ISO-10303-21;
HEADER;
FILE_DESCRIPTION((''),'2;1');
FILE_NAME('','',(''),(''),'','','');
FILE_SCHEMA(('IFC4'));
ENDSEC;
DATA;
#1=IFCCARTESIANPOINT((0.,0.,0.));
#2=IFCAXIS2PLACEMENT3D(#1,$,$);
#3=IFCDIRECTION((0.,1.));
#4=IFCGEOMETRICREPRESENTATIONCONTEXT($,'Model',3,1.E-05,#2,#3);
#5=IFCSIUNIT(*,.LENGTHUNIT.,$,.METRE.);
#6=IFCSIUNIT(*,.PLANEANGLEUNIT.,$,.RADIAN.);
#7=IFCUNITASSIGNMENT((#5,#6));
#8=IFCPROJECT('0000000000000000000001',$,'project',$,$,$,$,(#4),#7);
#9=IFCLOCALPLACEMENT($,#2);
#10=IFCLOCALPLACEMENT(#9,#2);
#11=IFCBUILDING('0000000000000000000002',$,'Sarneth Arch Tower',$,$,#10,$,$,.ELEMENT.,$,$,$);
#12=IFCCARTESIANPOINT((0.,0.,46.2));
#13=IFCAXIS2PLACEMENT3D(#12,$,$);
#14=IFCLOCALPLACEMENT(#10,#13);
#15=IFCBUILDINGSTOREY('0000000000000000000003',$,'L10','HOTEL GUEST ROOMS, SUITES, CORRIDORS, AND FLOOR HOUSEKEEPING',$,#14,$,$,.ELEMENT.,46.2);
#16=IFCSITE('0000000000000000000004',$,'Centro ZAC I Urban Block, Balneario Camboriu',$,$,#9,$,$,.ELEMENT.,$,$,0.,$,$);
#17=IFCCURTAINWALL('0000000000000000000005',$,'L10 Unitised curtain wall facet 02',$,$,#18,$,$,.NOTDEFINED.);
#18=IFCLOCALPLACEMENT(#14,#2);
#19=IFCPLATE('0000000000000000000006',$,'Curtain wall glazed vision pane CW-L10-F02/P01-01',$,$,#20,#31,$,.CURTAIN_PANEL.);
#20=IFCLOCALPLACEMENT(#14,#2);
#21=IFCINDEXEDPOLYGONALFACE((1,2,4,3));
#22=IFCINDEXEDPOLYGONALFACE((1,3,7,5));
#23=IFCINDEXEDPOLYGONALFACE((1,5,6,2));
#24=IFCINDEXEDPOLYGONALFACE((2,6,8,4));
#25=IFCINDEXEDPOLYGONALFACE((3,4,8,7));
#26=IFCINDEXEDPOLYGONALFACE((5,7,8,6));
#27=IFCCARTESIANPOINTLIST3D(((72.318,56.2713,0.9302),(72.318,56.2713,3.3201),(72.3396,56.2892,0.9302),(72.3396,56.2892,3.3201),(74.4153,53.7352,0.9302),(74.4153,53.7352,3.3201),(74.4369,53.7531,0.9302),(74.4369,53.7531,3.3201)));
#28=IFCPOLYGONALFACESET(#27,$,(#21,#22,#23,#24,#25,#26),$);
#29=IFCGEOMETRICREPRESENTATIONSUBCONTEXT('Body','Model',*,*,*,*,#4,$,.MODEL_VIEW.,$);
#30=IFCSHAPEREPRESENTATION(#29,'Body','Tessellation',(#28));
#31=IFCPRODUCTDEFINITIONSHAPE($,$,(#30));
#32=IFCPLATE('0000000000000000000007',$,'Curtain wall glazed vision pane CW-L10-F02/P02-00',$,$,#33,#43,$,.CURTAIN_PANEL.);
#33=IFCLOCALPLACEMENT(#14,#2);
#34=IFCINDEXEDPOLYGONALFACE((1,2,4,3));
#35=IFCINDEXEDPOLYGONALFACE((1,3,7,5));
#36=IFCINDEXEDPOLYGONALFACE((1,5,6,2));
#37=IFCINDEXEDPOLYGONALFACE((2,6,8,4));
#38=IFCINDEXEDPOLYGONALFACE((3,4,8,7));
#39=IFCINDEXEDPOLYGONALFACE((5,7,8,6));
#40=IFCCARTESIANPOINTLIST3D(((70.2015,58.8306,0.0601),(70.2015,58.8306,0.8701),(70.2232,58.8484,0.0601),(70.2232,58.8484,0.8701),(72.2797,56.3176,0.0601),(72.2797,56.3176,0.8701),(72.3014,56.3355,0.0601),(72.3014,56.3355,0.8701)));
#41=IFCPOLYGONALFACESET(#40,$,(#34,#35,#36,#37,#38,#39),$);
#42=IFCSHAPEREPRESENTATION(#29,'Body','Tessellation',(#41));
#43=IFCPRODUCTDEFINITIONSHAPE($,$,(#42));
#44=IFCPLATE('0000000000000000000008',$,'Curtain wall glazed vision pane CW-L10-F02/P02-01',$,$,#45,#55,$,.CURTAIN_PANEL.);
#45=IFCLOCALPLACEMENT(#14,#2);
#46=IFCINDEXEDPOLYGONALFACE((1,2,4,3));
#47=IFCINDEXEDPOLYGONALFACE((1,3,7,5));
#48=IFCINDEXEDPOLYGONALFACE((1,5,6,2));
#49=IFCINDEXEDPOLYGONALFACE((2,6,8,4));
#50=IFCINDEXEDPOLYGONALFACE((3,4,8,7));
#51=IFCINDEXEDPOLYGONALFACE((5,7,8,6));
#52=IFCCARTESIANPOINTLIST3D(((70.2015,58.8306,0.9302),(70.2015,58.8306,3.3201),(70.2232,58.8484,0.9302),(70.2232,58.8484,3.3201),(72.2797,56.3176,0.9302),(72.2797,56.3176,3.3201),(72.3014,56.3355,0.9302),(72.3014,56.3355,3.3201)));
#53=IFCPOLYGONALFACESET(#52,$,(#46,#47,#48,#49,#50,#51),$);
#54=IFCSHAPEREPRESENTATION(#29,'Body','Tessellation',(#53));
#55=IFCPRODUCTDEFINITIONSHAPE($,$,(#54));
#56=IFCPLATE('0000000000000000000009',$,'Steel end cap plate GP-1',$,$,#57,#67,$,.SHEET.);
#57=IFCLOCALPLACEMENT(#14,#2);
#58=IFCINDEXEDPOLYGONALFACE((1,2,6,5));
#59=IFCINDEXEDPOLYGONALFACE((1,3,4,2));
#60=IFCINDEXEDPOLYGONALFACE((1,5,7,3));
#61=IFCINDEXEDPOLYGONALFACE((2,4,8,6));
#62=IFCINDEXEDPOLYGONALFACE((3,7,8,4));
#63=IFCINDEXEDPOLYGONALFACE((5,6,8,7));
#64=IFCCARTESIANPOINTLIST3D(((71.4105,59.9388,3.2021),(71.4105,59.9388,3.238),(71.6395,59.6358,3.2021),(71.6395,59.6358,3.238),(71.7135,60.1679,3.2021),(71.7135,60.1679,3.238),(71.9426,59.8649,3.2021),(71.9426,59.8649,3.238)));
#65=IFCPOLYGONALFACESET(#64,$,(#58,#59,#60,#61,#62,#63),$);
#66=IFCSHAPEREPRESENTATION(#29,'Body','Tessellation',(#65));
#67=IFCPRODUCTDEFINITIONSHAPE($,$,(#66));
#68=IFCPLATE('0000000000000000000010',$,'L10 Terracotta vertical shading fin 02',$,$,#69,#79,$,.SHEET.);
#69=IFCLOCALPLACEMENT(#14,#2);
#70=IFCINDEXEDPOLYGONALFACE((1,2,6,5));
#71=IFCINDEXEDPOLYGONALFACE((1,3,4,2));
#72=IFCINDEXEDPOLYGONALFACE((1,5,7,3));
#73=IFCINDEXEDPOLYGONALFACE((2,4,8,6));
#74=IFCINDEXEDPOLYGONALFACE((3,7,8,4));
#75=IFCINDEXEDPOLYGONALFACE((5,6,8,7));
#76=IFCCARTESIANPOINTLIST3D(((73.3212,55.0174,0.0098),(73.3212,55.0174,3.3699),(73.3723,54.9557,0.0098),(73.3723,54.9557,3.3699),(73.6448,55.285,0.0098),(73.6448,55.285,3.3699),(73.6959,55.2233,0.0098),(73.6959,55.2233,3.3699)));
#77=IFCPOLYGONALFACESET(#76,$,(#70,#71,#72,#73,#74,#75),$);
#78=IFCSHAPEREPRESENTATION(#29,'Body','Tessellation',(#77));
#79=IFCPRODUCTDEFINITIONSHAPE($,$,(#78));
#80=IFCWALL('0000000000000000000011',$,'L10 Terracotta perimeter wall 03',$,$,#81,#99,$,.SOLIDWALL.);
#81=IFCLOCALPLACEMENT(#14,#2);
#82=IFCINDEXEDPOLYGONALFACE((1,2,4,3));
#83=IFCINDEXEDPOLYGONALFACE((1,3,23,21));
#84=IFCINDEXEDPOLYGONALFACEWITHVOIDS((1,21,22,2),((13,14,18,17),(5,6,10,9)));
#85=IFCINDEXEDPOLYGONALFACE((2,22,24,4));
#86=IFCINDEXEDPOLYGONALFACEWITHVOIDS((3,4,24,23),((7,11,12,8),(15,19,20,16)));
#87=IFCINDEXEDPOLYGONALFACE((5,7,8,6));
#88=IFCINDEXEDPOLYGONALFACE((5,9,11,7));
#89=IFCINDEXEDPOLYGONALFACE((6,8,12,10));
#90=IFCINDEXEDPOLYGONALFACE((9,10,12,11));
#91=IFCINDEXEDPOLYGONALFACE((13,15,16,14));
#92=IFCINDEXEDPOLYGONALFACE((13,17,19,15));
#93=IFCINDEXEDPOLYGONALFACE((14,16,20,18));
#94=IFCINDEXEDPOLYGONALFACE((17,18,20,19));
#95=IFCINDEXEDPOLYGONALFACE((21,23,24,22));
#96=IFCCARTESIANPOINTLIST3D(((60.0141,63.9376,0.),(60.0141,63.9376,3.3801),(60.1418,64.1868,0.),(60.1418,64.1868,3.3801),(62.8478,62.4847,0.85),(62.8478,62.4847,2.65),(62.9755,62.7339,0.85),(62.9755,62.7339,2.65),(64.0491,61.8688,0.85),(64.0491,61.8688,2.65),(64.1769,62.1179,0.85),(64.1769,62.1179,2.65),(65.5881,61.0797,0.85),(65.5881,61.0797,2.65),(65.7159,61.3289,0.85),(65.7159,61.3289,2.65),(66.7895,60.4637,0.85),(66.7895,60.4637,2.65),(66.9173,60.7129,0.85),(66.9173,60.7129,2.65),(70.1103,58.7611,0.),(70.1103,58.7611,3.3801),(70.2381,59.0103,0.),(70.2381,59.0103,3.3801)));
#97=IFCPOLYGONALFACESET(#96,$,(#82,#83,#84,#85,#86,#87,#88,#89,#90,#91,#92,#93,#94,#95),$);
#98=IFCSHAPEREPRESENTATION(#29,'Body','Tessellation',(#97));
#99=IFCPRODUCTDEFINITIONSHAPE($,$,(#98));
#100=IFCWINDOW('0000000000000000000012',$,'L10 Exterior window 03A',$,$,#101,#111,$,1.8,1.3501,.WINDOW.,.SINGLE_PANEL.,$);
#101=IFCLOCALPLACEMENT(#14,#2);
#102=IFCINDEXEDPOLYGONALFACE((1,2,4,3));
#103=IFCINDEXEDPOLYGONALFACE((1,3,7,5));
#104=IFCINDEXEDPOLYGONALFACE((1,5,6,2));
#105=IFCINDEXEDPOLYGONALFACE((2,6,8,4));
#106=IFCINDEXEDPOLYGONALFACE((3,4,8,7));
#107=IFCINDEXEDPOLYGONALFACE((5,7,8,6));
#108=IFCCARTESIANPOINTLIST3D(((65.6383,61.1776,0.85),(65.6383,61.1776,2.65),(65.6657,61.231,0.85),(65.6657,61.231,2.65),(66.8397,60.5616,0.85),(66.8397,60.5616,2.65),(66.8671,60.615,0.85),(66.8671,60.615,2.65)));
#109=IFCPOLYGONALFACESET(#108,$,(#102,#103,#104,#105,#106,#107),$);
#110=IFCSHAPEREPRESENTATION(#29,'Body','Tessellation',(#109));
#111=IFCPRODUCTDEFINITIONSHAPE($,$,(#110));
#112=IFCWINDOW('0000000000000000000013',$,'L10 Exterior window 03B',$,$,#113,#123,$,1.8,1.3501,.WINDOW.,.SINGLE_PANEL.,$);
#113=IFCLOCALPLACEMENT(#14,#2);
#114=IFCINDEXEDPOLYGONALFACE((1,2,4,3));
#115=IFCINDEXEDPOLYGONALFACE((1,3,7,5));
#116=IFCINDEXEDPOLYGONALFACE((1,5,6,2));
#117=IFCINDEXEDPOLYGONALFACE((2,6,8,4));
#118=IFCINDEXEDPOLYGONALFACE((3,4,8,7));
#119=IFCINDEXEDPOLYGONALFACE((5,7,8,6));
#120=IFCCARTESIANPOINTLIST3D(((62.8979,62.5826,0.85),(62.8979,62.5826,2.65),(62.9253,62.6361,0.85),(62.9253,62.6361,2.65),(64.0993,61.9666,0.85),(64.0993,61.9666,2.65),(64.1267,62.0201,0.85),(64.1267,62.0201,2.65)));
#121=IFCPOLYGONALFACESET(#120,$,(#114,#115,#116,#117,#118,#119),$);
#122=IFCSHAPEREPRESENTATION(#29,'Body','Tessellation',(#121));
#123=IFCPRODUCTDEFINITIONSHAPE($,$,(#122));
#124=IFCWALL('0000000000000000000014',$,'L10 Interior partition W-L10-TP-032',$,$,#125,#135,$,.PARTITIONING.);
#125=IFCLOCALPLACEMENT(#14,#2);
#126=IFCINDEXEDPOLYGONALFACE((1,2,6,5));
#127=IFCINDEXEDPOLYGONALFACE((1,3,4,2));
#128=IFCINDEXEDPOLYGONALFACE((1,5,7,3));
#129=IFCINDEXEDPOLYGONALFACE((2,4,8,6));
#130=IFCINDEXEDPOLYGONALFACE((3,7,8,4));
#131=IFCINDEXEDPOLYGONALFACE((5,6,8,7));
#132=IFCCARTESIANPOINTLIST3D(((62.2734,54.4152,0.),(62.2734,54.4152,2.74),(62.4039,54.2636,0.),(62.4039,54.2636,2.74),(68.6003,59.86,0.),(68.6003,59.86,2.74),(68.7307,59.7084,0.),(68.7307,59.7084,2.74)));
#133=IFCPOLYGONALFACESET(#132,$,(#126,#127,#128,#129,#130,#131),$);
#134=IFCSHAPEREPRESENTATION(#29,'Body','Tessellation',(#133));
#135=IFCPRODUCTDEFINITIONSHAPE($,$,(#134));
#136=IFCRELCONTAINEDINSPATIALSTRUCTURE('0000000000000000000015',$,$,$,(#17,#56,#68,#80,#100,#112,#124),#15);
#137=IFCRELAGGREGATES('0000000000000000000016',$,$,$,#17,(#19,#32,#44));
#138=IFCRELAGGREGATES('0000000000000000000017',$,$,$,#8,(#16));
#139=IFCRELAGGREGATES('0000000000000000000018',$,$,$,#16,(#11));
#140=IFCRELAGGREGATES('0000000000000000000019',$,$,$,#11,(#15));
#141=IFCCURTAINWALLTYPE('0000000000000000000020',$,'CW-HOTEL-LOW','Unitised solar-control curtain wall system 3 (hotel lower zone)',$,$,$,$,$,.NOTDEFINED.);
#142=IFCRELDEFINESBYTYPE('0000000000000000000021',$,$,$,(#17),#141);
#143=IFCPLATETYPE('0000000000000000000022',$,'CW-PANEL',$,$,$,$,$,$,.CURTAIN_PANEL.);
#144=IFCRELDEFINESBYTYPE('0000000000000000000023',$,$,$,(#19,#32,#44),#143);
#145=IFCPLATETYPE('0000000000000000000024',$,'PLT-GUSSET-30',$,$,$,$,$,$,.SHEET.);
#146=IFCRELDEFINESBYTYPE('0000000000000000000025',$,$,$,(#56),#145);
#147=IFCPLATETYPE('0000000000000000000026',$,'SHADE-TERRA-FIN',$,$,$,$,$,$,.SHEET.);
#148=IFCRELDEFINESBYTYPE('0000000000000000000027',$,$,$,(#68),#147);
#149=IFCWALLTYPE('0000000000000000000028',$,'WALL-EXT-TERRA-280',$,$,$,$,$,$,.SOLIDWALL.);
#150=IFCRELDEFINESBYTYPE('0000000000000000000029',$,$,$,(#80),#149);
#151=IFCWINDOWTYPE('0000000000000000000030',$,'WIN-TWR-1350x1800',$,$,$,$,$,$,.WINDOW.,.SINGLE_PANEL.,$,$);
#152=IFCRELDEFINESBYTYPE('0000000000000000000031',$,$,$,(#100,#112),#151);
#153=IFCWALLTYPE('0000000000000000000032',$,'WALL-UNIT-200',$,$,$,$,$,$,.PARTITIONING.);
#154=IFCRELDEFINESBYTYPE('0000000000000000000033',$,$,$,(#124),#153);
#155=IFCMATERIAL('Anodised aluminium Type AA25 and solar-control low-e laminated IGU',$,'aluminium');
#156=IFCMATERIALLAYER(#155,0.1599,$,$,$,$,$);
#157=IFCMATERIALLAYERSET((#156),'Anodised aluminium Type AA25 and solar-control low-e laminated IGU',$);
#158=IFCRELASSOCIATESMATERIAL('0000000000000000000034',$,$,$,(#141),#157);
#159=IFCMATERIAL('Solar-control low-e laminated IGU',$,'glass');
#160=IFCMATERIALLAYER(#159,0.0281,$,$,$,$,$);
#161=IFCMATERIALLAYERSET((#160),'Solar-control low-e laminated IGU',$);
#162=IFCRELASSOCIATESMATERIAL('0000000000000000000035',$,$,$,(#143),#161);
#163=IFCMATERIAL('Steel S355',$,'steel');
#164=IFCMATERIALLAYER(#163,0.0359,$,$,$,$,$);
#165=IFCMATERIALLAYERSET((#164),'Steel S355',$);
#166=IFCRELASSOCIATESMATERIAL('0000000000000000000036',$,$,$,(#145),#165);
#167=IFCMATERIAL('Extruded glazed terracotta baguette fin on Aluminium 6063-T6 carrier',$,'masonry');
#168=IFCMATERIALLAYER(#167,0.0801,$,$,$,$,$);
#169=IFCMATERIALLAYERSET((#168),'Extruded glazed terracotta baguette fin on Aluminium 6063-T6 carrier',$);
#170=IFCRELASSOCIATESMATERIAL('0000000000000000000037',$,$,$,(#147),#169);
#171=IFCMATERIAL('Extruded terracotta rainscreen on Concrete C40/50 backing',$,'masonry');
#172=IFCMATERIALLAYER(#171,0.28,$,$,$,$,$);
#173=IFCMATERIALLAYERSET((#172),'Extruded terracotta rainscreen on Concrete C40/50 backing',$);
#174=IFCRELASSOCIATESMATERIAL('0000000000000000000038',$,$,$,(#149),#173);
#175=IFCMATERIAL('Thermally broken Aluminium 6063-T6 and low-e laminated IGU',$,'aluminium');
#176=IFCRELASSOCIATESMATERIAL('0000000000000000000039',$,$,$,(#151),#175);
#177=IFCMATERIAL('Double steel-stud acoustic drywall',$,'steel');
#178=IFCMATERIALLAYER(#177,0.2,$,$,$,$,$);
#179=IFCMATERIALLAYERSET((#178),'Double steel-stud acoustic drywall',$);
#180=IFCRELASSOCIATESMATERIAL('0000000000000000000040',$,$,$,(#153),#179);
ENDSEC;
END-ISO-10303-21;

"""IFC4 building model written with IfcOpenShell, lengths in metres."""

from ifc_helpers import new_model, si_unit, direction, frame, frame_2d, origin, origin_2d, place, context, subcontext, project, spatial, rectangle, extrude, material, layer, layer_set, type_object, element, fill, aggregate, save


model = new_model("IFC4")

# Units and contexts
model_context = context("Model", 3, precision=1e-05, world=origin(), true_north=direction((0.0, 1.0)))
body_context = subcontext(model_context, "Body", "Model", "MODEL_VIEW")
ifc_project = project(units=[si_unit("LENGTHUNIT", "METRE"), si_unit("PLANEANGLEUNIT", "RADIAN")], contexts=[model_context])

# Site, building, storey
site_placement = place(None, origin())
site = spatial("IfcSite", under=ifc_project, at=site_placement, Name="Centro ZAC I Urban Block, Balneario Camboriu", CompositionType="ELEMENT", RefElevation=0.0)
building_placement = place(site_placement, origin())
building = spatial("IfcBuilding", under=site, at=building_placement, Name="Sarneth Arch Tower", CompositionType="ELEMENT")
storey_placement = place(building_placement, frame((0.0, 0.0, 46.2)))
storey = spatial("IfcBuildingStorey", under=building, at=storey_placement, Name="L10", Description="HOTEL GUEST ROOMS, SUITES, CORRIDORS, AND FLOOR HOUSEKEEPING", CompositionType="ELEMENT", Elevation=46.2)

# Curtain wall
ifc_material_1 = material(Name="Anodised aluminium Type AA25 and solar-control low-e laminated IGU", Category="aluminium")
ifc_layer_1 = layer(ifc_material_1, 0.1599)
ifc_layer_set_1 = layer_set([ifc_layer_1], Name="Anodised aluminium Type AA25 and solar-control low-e laminated IGU")
curtain_wall_type = type_object("IfcCurtainWallType", Name="CW-HOTEL-LOW", Description="Unitised solar-control curtain wall system 3 (hotel lower zone)", PredefinedType="NOTDEFINED", material=ifc_layer_set_1)
curtain_wall_placement = place(storey_placement, origin())
curtain_wall = element("IfcCurtainWall", 1, at=curtain_wall_placement, inside=storey, type_object=curtain_wall_type, Name="L10 Unitised curtain wall facet 02", PredefinedType="NOTDEFINED")

# Plates
ifc_material_2 = material(Name="Solar-control low-e laminated IGU", Category="glass")
ifc_layer_2 = layer(ifc_material_2, 0.0281)
ifc_layer_set_2 = layer_set([ifc_layer_2], Name="Solar-control low-e laminated IGU")
plate_type_1 = type_object("IfcPlateType", Name="CW-PANEL", PredefinedType="CURTAIN_PANEL", material=ifc_layer_set_2)
plate_1_placement = place(storey_placement, frame((73.3774, 55.0122, 0.9302), z_axis=(0.0, 0.0, 1.0), x_axis=(-0.637291, 0.770623, 0.0)))
plate_1 = element("IfcPlate", 2, at=plate_1_placement, type_object=plate_type_1, Name="Curtain wall glazed vision pane CW-L10-F02/P01-01", PredefinedType="CURTAIN_PANEL", context=body_context, shape_type="SweptSolid", body=[
    extrude(rectangle(XDim=3.291, YDim=0.0281, at=origin_2d()), origin(), (0.0, 0.0, 1.0), 2.3899),
])
plate_2_placement = place(storey_placement, frame((71.2515, 57.583, 0.0601), z_axis=(0.0, 0.0, 1.0), x_axis=(-0.637291, 0.770623, 0.0)))
plate_2 = element("IfcPlate", 3, at=plate_2_placement, type_object=plate_type_1, Name="Curtain wall glazed vision pane CW-L10-F02/P02-00", PredefinedType="CURTAIN_PANEL", context=body_context, shape_type="SweptSolid", body=[
    extrude(rectangle(XDim=3.261, YDim=0.0281, at=origin_2d()), origin(), (0.0, 0.0, 1.0), 0.8101),
])
plate_3_placement = place(storey_placement, frame((71.2515, 57.583, 0.9302), z_axis=(0.0, 0.0, 1.0), x_axis=(-0.637291, 0.770623, 0.0)))
plate_3 = element("IfcPlate", 4, at=plate_3_placement, type_object=plate_type_1, Name="Curtain wall glazed vision pane CW-L10-F02/P02-01", PredefinedType="CURTAIN_PANEL", context=body_context, shape_type="SweptSolid", body=[
    extrude(rectangle(XDim=3.261, YDim=0.0281, at=origin_2d()), origin(), (0.0, 0.0, 1.0), 2.3899),
])
aggregate(curtain_wall, [plate_1, plate_2, plate_3])

# Plates
ifc_material_3 = material(Name="Steel S355", Category="steel")
ifc_layer_3 = layer(ifc_material_3, 0.0359)
ifc_layer_set_3 = layer_set([ifc_layer_3], Name="Steel S355")
plate_type_2 = type_object("IfcPlateType", Name="PLT-GUSSET-30", PredefinedType="SHEET", material=ifc_layer_set_3)
plate_4_placement = place(storey_placement, frame((71.6765, 59.9019, 3.2021), z_axis=(0.0, 0.0, 1.0), x_axis=(0.797689, 0.603069, 0.0)))
element("IfcPlate", 5, at=plate_4_placement, inside=storey, type_object=plate_type_2, Name="Steel end cap plate GP-1", PredefinedType="SHEET", context=body_context, shape_type="SweptSolid", body=[
    extrude(rectangle(XDim=0.3799, YDim=0.3799, at=origin_2d()), origin(), (0.0, 0.0, 1.0), 0.0359),
])
ifc_material_4 = material(Name="Extruded glazed terracotta baguette fin on Aluminium 6063-T6 carrier", Category="masonry")
ifc_layer_4 = layer(ifc_material_4, 0.0801)
ifc_layer_set_4 = layer_set([ifc_layer_4], Name="Extruded glazed terracotta baguette fin on Aluminium 6063-T6 carrier")
plate_type_3 = type_object("IfcPlateType", Name="SHADE-TERRA-FIN", PredefinedType="SHEET", material=ifc_layer_set_4)
plate_5_placement = place(storey_placement, frame((73.5085, 55.1204, 0.0098), z_axis=(0.0, 0.0, 1.0), x_axis=(0.770624, 0.63729, 0.0)))
element("IfcPlate", 6, at=plate_5_placement, inside=storey, type_object=plate_type_3, Name="L10 Terracotta vertical shading fin 02", PredefinedType="SHEET", context=body_context, shape_type="SweptSolid", body=[
    extrude(rectangle(XDim=0.4199, YDim=0.0801, at=origin_2d()), origin(), (0.0, 0.0, 1.0), 3.3601),
])

# Wall, openings, windows
ifc_material_5 = material(Name="Extruded terracotta rainscreen on Concrete C40/50 backing", Category="masonry")
ifc_layer_5 = layer(ifc_material_5, 0.28)
ifc_layer_set_5 = layer_set([ifc_layer_5], Name="Extruded terracotta rainscreen on Concrete C40/50 backing")
wall_type_1 = type_object("IfcWallType", Name="WALL-EXT-TERRA-280", PredefinedType="SOLIDWALL", material=ifc_layer_set_5)
wall_1_placement = place(storey_placement, frame((70.1741, 58.8857, 0.0), z_axis=(0.0, 0.0, 1.0), x_axis=(-0.889854, 0.456245, 0.0)))
wall_1 = element("IfcWall", 7, at=wall_1_placement, inside=storey, type_object=wall_type_1, Name="L10 Terracotta perimeter wall 03", PredefinedType="SOLIDWALL", context=body_context, shape_type="SweptSolid", body=[
    extrude(rectangle(XDim=11.3459, YDim=0.28, at=frame_2d((5.6729, 0.0))), origin(), (0.0, 0.0, 1.0), 3.3801),
])
opening_1_placement = place(wall_1_placement, frame((3.7317, 0.0, 0.8501)))
opening_1 = element("IfcOpeningElement", 8, at=opening_1_placement, cuts=wall_1, PredefinedType="OPENING", context=body_context, shape_type="SweptSolid", body=[
    extrude(rectangle(XDim=1.3501, YDim=1.8, at=frame_2d((0.675, 0.8999))), frame((0.0, 0.1499, 0.0), z_axis=(0.0, -1.0, 0.0), x_axis=(1.0, 0.0, 0.0)), (0.0, 0.0, 1.0), 0.3),
])
opening_2_placement = place(wall_1_placement, frame((6.8113, 0.0, 0.8501)))
opening_2 = element("IfcOpeningElement", 9, at=opening_2_placement, cuts=wall_1, PredefinedType="OPENING", context=body_context, shape_type="SweptSolid", body=[
    extrude(rectangle(XDim=1.3501, YDim=1.8, at=frame_2d((0.675, 0.8999))), frame((0.0, 0.1499, 0.0), z_axis=(0.0, -1.0, 0.0), x_axis=(1.0, 0.0, 0.0)), (0.0, 0.0, 1.0), 0.3),
])
ifc_material_6 = material(Name="Thermally broken Aluminium 6063-T6 and low-e laminated IGU", Category="aluminium")
window_type = type_object("IfcWindowType", Name="WIN-TWR-1350x1800", PartitioningType="SINGLE_PANEL", PredefinedType="WINDOW", material=ifc_material_6)
window_1_placement = place(opening_1_placement, origin())
window_1 = element("IfcWindow", 10, at=window_1_placement, inside=storey, type_object=window_type, Name="L10 Exterior window 03A", OverallHeight=1.8, OverallWidth=1.3501, PartitioningType="SINGLE_PANEL", PredefinedType="WINDOW", context=body_context, shape_type="SweptSolid", body=[
    extrude(rectangle(XDim=1.3501, YDim=1.8, at=frame_2d((0.675, 0.8999))), frame((0.0, 0.03, 0.0), z_axis=(0.0, -1.0, 0.0), x_axis=(1.0, 0.0, 0.0)), (0.0, 0.0, 1.0), 0.0601),
])
fill(opening_1, window_1)
window_2_placement = place(opening_2_placement, origin())
window_2 = element("IfcWindow", 11, at=window_2_placement, inside=storey, type_object=window_type, Name="L10 Exterior window 03B", OverallHeight=1.8, OverallWidth=1.3501, PartitioningType="SINGLE_PANEL", PredefinedType="WINDOW", context=body_context, shape_type="SweptSolid", body=[
    extrude(rectangle(XDim=1.3501, YDim=1.8, at=frame_2d((0.675, 0.8999))), frame((0.0, 0.03, 0.0), z_axis=(0.0, -1.0, 0.0), x_axis=(1.0, 0.0, 0.0)), (0.0, 0.0, 1.0), 0.0601),
])
fill(opening_2, window_2)

# Wall
ifc_material_7 = material(Name="Double steel-stud acoustic drywall", Category="steel")
ifc_layer_6 = layer(ifc_material_7, 0.2)
ifc_layer_set_6 = layer_set([ifc_layer_6], Name="Double steel-stud acoustic drywall")
wall_type_2 = type_object("IfcWallType", Name="WALL-UNIT-200", PredefinedType="PARTITIONING", material=ifc_layer_set_6)
wall_2_placement = place(storey_placement, frame((68.6655, 59.7842, 0.0), z_axis=(0.0, 0.0, 1.0), x_axis=(-0.757967, -0.652293, 0.0)))
element("IfcWall", 12, at=wall_2_placement, inside=storey, type_object=wall_type_2, Name="L10 Interior partition W-L10-TP-032", PredefinedType="PARTITIONING", context=body_context, shape_type="SweptSolid", body=[
    extrude(rectangle(XDim=8.3472, YDim=0.2, at=frame_2d((4.1736, 0.0))), origin(), (0.0, 0.0, 1.0), 2.74),
])

save(model, "model.ifc")
